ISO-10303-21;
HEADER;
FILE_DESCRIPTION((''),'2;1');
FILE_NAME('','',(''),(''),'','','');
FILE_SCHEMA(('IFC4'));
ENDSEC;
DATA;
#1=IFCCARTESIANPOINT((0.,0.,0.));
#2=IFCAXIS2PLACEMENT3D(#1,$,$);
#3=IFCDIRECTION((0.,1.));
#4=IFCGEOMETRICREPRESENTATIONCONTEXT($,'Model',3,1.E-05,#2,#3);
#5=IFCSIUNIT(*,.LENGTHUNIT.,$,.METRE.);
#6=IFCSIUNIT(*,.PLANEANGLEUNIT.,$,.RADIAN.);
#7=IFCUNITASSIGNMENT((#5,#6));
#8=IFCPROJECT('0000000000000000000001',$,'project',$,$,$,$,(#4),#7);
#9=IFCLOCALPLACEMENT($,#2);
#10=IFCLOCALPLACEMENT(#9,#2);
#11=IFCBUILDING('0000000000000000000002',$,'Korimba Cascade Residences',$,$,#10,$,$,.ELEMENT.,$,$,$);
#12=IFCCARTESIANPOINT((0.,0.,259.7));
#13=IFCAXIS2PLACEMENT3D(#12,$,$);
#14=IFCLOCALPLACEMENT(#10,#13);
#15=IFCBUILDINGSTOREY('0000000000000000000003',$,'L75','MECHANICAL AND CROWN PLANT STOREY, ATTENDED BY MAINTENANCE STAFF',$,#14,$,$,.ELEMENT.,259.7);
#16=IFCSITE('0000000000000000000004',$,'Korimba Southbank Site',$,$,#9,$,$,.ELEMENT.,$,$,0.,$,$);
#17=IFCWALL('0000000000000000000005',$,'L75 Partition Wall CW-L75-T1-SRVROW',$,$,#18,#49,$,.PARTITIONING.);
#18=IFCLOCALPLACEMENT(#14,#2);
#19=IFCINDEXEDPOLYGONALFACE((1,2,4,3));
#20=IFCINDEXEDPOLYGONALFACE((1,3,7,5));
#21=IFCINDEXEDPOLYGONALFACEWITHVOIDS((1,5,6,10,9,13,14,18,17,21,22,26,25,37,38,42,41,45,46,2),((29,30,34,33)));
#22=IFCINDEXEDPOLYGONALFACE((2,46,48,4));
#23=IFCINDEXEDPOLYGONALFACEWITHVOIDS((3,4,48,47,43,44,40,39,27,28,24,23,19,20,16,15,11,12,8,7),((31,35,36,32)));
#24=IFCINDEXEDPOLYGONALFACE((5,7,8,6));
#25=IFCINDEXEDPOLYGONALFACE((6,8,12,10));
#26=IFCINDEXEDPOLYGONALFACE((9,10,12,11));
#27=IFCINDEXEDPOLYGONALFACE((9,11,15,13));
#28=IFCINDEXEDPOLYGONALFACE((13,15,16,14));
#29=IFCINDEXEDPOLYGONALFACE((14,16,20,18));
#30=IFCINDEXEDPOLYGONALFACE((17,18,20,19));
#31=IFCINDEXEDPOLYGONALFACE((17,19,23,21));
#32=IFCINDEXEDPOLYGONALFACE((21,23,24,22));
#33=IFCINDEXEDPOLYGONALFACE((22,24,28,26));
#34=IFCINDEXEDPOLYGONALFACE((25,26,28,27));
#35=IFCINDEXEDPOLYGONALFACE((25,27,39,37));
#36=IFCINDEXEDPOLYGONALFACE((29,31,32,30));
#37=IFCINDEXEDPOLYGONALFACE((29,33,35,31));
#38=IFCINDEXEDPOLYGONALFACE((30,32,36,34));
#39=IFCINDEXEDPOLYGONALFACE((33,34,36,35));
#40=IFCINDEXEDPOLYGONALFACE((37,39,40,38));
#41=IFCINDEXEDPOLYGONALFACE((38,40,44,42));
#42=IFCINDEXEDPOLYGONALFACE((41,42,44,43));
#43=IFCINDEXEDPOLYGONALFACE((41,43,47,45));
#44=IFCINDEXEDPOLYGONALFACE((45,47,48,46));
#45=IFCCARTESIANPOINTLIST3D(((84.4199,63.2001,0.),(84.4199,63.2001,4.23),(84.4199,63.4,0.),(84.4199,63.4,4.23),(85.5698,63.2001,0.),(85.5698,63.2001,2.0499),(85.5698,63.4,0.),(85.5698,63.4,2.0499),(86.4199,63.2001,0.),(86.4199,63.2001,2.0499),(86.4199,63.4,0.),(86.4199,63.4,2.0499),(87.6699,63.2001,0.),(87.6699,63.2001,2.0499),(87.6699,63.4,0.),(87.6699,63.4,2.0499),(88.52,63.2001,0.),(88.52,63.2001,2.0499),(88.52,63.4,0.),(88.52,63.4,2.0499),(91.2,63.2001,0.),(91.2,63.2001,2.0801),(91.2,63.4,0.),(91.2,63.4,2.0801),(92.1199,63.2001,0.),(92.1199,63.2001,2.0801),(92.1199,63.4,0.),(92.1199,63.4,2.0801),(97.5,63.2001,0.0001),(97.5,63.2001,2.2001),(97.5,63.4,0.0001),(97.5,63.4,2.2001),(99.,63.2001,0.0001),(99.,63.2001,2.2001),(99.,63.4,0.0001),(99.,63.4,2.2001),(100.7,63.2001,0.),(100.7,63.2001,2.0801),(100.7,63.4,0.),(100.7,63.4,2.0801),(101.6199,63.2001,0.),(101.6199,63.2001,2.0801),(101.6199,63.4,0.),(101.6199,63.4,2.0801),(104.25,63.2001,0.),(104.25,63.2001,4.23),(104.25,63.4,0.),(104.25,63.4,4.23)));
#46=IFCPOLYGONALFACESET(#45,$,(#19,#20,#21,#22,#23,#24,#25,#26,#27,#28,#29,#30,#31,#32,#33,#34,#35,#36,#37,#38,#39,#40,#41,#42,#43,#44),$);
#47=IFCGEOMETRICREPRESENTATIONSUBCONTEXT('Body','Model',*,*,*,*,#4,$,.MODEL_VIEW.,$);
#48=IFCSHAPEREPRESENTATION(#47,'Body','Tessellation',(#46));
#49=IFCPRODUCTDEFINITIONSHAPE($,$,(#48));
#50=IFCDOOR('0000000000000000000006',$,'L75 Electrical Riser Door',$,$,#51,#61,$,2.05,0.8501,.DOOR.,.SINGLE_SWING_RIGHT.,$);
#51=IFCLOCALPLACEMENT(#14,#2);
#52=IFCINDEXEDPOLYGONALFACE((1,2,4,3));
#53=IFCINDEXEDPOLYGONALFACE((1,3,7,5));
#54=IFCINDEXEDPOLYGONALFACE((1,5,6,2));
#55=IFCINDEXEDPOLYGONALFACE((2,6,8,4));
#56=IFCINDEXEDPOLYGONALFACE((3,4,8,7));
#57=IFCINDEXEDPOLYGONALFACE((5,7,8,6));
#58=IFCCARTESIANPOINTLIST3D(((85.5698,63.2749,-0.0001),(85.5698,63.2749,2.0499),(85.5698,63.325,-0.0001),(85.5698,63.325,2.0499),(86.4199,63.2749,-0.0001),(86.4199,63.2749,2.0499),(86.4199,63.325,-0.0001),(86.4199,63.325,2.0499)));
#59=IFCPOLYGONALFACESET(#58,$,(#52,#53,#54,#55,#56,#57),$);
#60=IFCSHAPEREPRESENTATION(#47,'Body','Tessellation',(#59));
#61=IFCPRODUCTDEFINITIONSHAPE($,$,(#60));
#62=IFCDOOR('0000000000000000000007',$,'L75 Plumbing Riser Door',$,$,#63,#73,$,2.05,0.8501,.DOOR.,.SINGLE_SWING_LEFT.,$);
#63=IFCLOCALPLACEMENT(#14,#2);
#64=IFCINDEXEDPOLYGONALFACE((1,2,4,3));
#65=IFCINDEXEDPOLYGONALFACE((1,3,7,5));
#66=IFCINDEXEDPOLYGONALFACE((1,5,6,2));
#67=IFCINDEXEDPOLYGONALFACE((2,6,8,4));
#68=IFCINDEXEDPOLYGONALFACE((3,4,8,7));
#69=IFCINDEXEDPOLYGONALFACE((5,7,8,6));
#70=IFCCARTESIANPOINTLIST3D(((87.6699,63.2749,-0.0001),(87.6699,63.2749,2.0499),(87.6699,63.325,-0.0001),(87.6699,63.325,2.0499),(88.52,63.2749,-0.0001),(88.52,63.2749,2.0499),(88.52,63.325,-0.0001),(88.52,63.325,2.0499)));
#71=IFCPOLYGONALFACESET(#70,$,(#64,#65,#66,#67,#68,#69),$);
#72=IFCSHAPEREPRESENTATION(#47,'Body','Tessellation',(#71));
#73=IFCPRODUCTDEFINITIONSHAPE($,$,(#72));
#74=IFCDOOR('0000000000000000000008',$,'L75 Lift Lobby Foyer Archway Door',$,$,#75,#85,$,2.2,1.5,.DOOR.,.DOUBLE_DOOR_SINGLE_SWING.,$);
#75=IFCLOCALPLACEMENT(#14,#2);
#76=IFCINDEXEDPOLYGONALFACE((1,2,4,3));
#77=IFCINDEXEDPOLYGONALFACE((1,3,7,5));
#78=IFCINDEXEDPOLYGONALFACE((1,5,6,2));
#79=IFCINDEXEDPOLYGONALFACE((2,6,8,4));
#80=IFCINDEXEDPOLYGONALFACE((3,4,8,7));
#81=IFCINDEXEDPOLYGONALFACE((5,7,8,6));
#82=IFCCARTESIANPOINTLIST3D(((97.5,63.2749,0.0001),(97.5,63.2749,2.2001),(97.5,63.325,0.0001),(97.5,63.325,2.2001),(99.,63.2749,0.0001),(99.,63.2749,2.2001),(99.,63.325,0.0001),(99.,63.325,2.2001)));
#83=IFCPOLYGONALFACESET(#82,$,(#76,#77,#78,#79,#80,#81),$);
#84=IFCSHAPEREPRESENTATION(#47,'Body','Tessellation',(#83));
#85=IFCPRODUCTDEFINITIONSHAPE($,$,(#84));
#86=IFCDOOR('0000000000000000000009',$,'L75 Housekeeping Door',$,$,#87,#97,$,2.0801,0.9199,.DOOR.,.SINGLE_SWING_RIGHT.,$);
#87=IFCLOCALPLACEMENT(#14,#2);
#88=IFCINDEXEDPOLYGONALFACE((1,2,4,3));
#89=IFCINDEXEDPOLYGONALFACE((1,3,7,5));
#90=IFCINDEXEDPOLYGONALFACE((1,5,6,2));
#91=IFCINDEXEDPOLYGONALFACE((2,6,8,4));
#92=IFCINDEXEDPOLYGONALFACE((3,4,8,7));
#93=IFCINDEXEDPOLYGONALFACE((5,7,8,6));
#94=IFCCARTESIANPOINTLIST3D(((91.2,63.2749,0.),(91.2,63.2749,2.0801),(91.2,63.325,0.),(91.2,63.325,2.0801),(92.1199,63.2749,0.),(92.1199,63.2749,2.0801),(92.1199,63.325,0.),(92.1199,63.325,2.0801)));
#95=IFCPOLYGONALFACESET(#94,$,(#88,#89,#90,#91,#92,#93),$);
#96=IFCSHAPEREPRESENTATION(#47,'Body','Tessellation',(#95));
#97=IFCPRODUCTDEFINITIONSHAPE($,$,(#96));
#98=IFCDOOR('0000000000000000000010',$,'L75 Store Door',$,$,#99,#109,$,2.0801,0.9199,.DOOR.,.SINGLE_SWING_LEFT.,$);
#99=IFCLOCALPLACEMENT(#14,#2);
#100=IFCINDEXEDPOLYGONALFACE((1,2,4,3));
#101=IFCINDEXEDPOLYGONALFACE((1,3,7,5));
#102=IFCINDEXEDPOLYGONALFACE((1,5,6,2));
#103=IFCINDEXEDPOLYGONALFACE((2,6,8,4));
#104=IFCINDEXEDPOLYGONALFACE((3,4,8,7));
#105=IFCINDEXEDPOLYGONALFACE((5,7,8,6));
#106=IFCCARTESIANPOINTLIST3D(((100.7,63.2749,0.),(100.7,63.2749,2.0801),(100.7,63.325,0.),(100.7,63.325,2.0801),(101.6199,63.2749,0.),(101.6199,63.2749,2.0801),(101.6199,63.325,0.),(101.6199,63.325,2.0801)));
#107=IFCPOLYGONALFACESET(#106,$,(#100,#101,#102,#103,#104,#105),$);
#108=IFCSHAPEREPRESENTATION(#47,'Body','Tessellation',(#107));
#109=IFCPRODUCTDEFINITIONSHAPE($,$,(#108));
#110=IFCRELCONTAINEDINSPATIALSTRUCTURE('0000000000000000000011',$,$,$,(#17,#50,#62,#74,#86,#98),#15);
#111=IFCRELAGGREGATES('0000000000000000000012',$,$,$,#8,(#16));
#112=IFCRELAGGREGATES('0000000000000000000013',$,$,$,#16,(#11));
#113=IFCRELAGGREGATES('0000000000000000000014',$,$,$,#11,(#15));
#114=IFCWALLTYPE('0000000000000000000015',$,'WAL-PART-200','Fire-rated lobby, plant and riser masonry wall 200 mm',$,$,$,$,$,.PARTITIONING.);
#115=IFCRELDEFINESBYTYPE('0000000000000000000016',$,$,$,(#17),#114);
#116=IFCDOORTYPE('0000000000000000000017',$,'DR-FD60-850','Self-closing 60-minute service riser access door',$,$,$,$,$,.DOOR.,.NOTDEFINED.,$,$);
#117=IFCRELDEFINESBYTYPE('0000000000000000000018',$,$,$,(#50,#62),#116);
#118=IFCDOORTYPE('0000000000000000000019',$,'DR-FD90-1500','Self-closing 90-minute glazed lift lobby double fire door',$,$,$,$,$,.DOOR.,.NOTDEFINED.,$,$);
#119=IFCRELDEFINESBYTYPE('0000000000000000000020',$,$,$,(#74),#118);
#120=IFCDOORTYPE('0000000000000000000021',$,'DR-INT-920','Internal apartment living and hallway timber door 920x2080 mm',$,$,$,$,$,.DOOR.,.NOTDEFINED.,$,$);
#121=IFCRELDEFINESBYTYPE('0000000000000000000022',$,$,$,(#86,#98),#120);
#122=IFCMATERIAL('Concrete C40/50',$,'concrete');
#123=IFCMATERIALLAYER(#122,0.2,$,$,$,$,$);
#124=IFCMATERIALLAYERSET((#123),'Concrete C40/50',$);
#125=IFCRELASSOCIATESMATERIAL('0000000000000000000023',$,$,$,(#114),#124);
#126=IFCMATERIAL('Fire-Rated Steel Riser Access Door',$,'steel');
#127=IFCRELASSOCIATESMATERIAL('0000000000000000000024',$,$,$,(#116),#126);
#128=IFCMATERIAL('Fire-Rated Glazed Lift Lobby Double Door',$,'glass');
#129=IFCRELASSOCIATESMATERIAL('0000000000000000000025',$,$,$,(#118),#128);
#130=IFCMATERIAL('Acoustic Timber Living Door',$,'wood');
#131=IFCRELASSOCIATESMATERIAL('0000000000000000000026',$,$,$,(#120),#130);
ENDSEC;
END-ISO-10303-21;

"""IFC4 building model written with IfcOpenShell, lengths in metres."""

from ifc_helpers import new_model, si_unit, direction, frame, frame_2d, origin, place, context, subcontext, project, spatial, rectangle, extrude, material, layer, layer_set, type_object, element, fill, save


model = new_model("IFC4")

# Units and contexts
model_context = context("Model", 3, precision=1e-05, world=origin(), true_north=direction((0.0, 1.0)))
body_context = subcontext(model_context, "Body", "Model", "MODEL_VIEW")
ifc_project = project(units=[si_unit("LENGTHUNIT", "METRE"), si_unit("PLANEANGLEUNIT", "RADIAN")], contexts=[model_context])

# Site, building, storey
site_placement = place(None, origin())
site = spatial("IfcSite", under=ifc_project, at=site_placement, Name="Korimba Southbank Site", CompositionType="ELEMENT", RefElevation=0.0)
building_placement = place(site_placement, origin())
building = spatial("IfcBuilding", under=site, at=building_placement, Name="Korimba Cascade Residences", CompositionType="ELEMENT")
storey_placement = place(building_placement, frame((0.0, 0.0, 259.7)))
storey = spatial("IfcBuildingStorey", under=building, at=storey_placement, Name="L75", Description="MECHANICAL AND CROWN PLANT STOREY, ATTENDED BY MAINTENANCE STAFF", CompositionType="ELEMENT", Elevation=259.7)

# Shared definitions
ifc_material_1 = material(Name="Concrete C40/50", Category="concrete")
ifc_layer_1 = layer(ifc_material_1, 0.2)
ifc_layer_set_1 = layer_set([ifc_layer_1], Name="Concrete C40/50")
wall_type_1 = type_object("IfcWallType", Name="WAL-PART-200", Description="Fire-rated lobby, plant and riser masonry wall 200 mm", PredefinedType="PARTITIONING", material=ifc_layer_set_1)

# Wall, openings, doors
wall_1_placement = place(storey_placement, frame((84.4199, 63.3, 0.0), z_axis=(0.0, 0.0, 1.0), x_axis=(1.0, 0.0, 0.0)))
wall_1 = element("IfcWall", 1, at=wall_1_placement, inside=storey, type_object=wall_type_1, Name="L75 Partition Wall CW-L75-T1-SRVROW", PredefinedType="PARTITIONING", context=body_context, shape_type="SweptSolid", body=[
    extrude(rectangle(XDim=19.8301, YDim=0.2, at=frame_2d((9.915, 0.0))), origin(), (0.0, 0.0, 1.0), 4.23),
])
opening_1_placement = place(wall_1_placement, frame((1.1499, 0.0, 0.0)))
opening_1 = element("IfcOpeningElement", 2, at=opening_1_placement, cuts=wall_1, PredefinedType="OPENING", context=body_context, shape_type="SweptSolid", body=[
    extrude(rectangle(XDim=0.8501, YDim=2.05, at=frame_2d((0.425, 1.0249))), frame((0.0, 0.1099, 0.0), z_axis=(0.0, -1.0, 0.0), x_axis=(1.0, 0.0, 0.0)), (0.0, 0.0, 1.0), 0.22),
])
opening_2_placement = place(wall_1_placement, frame((3.25, 0.0, 0.0)))
opening_2 = element("IfcOpeningElement", 3, at=opening_2_placement, cuts=wall_1, PredefinedType="OPENING", context=body_context, shape_type="SweptSolid", body=[
    extrude(rectangle(XDim=0.8501, YDim=2.05, at=frame_2d((0.425, 1.0249))), frame((0.0, 0.1099, 0.0), z_axis=(0.0, -1.0, 0.0), x_axis=(1.0, 0.0, 0.0)), (0.0, 0.0, 1.0), 0.22),
])
opening_3_placement = place(wall_1_placement, frame((13.0801, 0.0, 0.0)))
opening_3 = element("IfcOpeningElement", 4, at=opening_3_placement, cuts=wall_1, PredefinedType="OPENING", context=body_context, shape_type="SweptSolid", body=[
    extrude(rectangle(XDim=1.5, YDim=2.2, at=frame_2d((0.75, 1.1001))), frame((0.0, 0.1099, 0.0), z_axis=(0.0, -1.0, 0.0), x_axis=(1.0, 0.0, 0.0)), (0.0, 0.0, 1.0), 0.22),
])
opening_4_placement = place(wall_1_placement, frame((6.78, 0.0, 0.0)))
opening_4 = element("IfcOpeningElement", 5, at=opening_4_placement, cuts=wall_1, PredefinedType="OPENING", context=body_context, shape_type="SweptSolid", body=[
    extrude(rectangle(XDim=0.9199, YDim=2.0801, at=frame_2d((0.46, 1.04))), frame((0.0, 0.1099, 0.0), z_axis=(0.0, -1.0, 0.0), x_axis=(1.0, 0.0, 0.0)), (0.0, 0.0, 1.0), 0.22),
])
opening_5_placement = place(wall_1_placement, frame((16.28, 0.0, 0.0)))
opening_5 = element("IfcOpeningElement", 6, at=opening_5_placement, cuts=wall_1, PredefinedType="OPENING", context=body_context, shape_type="SweptSolid", body=[
    extrude(rectangle(XDim=0.9199, YDim=2.0801, at=frame_2d((0.46, 1.04))), frame((0.0, 0.1099, 0.0), z_axis=(0.0, -1.0, 0.0), x_axis=(1.0, 0.0, 0.0)), (0.0, 0.0, 1.0), 0.22),
])
ifc_material_2 = material(Name="Fire-Rated Steel Riser Access Door", Category="steel")
door_type_1 = type_object("IfcDoorType", Name="DR-FD60-850", Description="Self-closing 60-minute service riser access door", OperationType="NOTDEFINED", PredefinedType="DOOR", material=ifc_material_2)
door_1_placement = place(opening_1_placement, origin())
door_1 = element("IfcDoor", 7, at=door_1_placement, inside=storey, type_object=door_type_1, Name="L75 Electrical Riser Door", OperationType="SINGLE_SWING_RIGHT", OverallHeight=2.05, OverallWidth=0.8501, PredefinedType="DOOR", context=body_context, shape_type="SweptSolid", body=[
    extrude(rectangle(XDim=0.8501, YDim=2.05, at=frame_2d((0.425, 1.0249))), frame((0.0, 0.0249, 0.0), z_axis=(0.0, -1.0, 0.0), x_axis=(1.0, 0.0, 0.0)), (0.0, 0.0, 1.0), 0.05),
])
fill(opening_1, door_1)
door_2_placement = place(opening_2_placement, origin())
door_2 = element("IfcDoor", 8, at=door_2_placement, inside=storey, type_object=door_type_1, Name="L75 Plumbing Riser Door", OperationType="SINGLE_SWING_LEFT", OverallHeight=2.05, OverallWidth=0.8501, PredefinedType="DOOR", context=body_context, shape_type="SweptSolid", body=[
    extrude(rectangle(XDim=0.8501, YDim=2.05, at=frame_2d((0.425, 1.0249))), frame((0.0, 0.0249, 0.0), z_axis=(0.0, -1.0, 0.0), x_axis=(1.0, 0.0, 0.0)), (0.0, 0.0, 1.0), 0.05),
])
fill(opening_2, door_2)
ifc_material_3 = material(Name="Fire-Rated Glazed Lift Lobby Double Door", Category="glass")
door_type_2 = type_object("IfcDoorType", Name="DR-FD90-1500", Description="Self-closing 90-minute glazed lift lobby double fire door", OperationType="NOTDEFINED", PredefinedType="DOOR", material=ifc_material_3)
door_3_placement = place(opening_3_placement, origin())
door_3 = element("IfcDoor", 9, at=door_3_placement, inside=storey, type_object=door_type_2, Name="L75 Lift Lobby Foyer Archway Door", OperationType="DOUBLE_DOOR_SINGLE_SWING", OverallHeight=2.2, OverallWidth=1.5, PredefinedType="DOOR", context=body_context, shape_type="SweptSolid", body=[
    extrude(rectangle(XDim=1.5, YDim=2.2, at=frame_2d((0.75, 1.1001))), frame((0.0, 0.0249, 0.0), z_axis=(0.0, -1.0, 0.0), x_axis=(1.0, 0.0, 0.0)), (0.0, 0.0, 1.0), 0.05),
])
fill(opening_3, door_3)
ifc_material_4 = material(Name="Acoustic Timber Living Door", Category="wood")
door_type_3 = type_object("IfcDoorType", Name="DR-INT-920", Description="Internal apartment living and hallway timber door 920x2080 mm", OperationType="NOTDEFINED", PredefinedType="DOOR", material=ifc_material_4)
door_4_placement = place(opening_4_placement, origin())
door_4 = element("IfcDoor", 10, at=door_4_placement, inside=storey, type_object=door_type_3, Name="L75 Housekeeping Door", OperationType="SINGLE_SWING_RIGHT", OverallHeight=2.0801, OverallWidth=0.9199, PredefinedType="DOOR", context=body_context, shape_type="SweptSolid", body=[
    extrude(rectangle(XDim=0.9199, YDim=2.0801, at=frame_2d((0.46, 1.04))), frame((0.0, 0.0249, 0.0), z_axis=(0.0, -1.0, 0.0), x_axis=(1.0, 0.0, 0.0)), (0.0, 0.0, 1.0), 0.05),
])
fill(opening_4, door_4)
door_5_placement = place(opening_5_placement, origin())
door_5 = element("IfcDoor", 11, at=door_5_placement, inside=storey, type_object=door_type_3, Name="L75 Store Door", OperationType="SINGLE_SWING_LEFT", OverallHeight=2.0801, OverallWidth=0.9199, PredefinedType="DOOR", context=body_context, shape_type="SweptSolid", body=[
    extrude(rectangle(XDim=0.9199, YDim=2.0801, at=frame_2d((0.46, 1.04))), frame((0.0, 0.0249, 0.0), z_axis=(0.0, -1.0, 0.0), x_axis=(1.0, 0.0, 0.0)), (0.0, 0.0, 1.0), 0.05),
])
fill(opening_5, door_5)

save(model, "model.ifc")
